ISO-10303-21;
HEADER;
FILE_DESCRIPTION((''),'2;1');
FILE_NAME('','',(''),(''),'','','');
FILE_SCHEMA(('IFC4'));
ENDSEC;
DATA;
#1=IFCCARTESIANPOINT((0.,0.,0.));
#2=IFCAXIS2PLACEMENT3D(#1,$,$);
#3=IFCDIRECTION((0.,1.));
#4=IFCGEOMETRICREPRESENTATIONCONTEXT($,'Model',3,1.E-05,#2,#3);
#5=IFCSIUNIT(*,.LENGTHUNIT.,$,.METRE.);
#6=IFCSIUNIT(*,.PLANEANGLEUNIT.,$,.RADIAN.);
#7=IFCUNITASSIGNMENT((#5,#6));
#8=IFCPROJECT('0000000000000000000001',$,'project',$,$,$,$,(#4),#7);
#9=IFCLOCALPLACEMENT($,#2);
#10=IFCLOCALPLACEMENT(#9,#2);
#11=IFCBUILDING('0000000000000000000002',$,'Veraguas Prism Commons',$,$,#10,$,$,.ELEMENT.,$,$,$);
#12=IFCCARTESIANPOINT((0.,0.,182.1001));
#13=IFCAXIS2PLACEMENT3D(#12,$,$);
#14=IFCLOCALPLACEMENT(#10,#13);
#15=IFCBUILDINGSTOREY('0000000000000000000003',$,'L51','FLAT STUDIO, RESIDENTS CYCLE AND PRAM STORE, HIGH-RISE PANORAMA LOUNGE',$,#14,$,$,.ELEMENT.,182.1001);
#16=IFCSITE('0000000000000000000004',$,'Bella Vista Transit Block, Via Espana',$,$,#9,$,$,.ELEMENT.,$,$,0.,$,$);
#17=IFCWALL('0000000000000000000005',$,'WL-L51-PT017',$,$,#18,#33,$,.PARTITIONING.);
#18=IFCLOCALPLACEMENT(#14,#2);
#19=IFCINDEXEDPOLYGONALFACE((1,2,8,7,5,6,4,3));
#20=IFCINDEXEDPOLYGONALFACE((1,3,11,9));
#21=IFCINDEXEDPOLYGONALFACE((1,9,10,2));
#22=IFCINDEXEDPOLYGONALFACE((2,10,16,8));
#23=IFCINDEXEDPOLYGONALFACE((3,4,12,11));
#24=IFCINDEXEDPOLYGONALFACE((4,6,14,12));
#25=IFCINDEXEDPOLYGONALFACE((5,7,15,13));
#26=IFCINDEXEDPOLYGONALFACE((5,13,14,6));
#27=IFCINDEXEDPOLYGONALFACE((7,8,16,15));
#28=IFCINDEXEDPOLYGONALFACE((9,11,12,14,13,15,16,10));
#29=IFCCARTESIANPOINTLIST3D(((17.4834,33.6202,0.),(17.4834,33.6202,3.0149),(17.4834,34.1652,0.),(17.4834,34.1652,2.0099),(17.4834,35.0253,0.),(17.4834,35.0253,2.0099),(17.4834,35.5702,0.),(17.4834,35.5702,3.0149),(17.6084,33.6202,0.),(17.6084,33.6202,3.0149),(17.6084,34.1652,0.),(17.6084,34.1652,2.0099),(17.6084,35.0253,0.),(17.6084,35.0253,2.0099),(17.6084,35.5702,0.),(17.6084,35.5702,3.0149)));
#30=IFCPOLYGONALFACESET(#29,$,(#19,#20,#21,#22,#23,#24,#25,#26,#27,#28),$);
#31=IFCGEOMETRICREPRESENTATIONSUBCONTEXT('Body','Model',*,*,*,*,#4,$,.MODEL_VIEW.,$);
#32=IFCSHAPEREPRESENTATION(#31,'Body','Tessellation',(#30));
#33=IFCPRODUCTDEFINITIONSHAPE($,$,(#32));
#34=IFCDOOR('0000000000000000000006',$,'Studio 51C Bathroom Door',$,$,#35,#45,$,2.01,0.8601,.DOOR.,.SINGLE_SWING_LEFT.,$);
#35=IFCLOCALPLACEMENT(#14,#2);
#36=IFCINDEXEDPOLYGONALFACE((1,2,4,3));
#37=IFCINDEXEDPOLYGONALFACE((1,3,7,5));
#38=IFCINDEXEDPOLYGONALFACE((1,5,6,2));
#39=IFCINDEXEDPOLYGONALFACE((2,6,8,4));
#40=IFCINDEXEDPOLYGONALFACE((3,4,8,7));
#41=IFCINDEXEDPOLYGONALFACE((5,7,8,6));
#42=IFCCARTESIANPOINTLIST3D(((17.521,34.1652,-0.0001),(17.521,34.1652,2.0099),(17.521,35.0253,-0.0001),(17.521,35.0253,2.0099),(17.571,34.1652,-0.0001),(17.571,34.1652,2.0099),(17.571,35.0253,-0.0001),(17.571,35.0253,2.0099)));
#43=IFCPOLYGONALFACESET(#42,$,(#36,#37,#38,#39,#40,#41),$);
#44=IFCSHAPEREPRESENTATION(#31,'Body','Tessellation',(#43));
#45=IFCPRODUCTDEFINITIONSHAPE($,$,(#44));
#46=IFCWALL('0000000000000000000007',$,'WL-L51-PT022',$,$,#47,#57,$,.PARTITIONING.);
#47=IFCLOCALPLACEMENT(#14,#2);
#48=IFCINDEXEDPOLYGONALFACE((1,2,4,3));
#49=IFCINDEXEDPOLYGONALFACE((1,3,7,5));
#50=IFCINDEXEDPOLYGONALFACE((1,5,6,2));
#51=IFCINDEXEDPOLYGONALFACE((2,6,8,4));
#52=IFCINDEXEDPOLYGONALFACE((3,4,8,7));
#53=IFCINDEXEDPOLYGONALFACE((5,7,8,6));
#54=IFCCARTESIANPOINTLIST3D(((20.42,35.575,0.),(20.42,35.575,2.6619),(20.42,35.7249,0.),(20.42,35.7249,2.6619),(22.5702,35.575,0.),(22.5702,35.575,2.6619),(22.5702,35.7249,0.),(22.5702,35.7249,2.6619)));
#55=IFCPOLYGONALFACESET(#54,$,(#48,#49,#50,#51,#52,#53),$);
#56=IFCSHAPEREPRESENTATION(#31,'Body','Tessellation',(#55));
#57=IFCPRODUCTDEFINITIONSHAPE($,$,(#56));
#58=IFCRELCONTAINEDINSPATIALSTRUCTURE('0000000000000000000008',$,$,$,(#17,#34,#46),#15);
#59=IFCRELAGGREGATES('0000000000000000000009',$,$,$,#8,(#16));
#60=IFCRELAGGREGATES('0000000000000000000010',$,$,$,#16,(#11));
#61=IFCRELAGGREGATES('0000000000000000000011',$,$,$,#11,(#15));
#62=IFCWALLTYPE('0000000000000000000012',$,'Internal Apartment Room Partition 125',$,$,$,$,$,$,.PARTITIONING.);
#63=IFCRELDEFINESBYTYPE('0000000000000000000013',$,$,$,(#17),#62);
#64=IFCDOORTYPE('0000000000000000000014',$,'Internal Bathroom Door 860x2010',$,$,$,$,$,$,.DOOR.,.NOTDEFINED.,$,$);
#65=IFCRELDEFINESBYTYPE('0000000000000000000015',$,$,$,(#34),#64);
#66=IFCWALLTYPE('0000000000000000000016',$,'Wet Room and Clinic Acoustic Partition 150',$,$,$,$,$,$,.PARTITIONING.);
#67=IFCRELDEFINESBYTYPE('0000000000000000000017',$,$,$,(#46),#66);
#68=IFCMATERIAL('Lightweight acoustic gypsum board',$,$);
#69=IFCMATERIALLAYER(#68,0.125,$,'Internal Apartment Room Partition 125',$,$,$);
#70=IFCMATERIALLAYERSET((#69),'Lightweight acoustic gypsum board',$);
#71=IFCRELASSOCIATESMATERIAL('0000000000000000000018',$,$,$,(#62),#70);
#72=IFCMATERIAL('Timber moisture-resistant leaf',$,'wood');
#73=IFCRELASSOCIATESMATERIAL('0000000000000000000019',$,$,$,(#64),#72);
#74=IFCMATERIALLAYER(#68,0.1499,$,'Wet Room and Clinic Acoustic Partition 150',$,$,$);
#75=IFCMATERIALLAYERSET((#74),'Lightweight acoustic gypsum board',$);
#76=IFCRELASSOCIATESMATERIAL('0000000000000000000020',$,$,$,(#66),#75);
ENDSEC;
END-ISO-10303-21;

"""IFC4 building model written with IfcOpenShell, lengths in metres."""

from ifc_helpers import new_model, si_unit, direction, frame, frame_2d, origin, place, context, subcontext, project, spatial, rectangle, extrude, source, transform, mapped, material, layer, layer_set, type_object, element, fill, save


model = new_model("IFC4")

# Units and contexts
model_context = context("Model", 3, precision=1e-05, world=origin(), true_north=direction((0.0, 1.0)))
body_context = subcontext(model_context, "Body", "Model", "MODEL_VIEW")
ifc_project = project(units=[si_unit("LENGTHUNIT", "METRE"), si_unit("PLANEANGLEUNIT", "RADIAN")], contexts=[model_context])

# Site, building, storey
site_placement = place(None, origin())
site = spatial("IfcSite", under=ifc_project, at=site_placement, Name="Bella Vista Transit Block, Via Espana", CompositionType="ELEMENT", RefElevation=0.0)
building_placement = place(site_placement, origin())
building = spatial("IfcBuilding", under=site, at=building_placement, Name="Veraguas Prism Commons", CompositionType="ELEMENT")
storey_placement = place(building_placement, frame((0.0, 0.0, 182.1001)))
storey = spatial("IfcBuildingStorey", under=building, at=storey_placement, Name="L51", Description="FLAT STUDIO, RESIDENTS CYCLE AND PRAM STORE, HIGH-RISE PANORAMA LOUNGE", CompositionType="ELEMENT", Elevation=182.1001)

# Wall, opening, door
ifc_material_1 = material(Name="Lightweight acoustic gypsum board")
ifc_layer_1 = layer(ifc_material_1, 0.125, Name="Internal Apartment Room Partition 125")
ifc_layer_set_1 = layer_set([ifc_layer_1], Name="Lightweight acoustic gypsum board")
wall_type_1 = type_object("IfcWallType", Name="Internal Apartment Room Partition 125", PredefinedType="PARTITIONING", material=ifc_layer_set_1)
wall_1_placement = place(storey_placement, frame((17.5459, 33.6201, 0.0), z_axis=(0.0, 0.0, 1.0), x_axis=(0.0, 1.0, 0.0)))
wall_1 = element("IfcWall", 1, at=wall_1_placement, inside=storey, type_object=wall_type_1, Name="WL-L51-PT017", PredefinedType="PARTITIONING", context=body_context, shape_type="SweptSolid", body=[
    extrude(rectangle(XDim=1.95, YDim=0.125, at=frame_2d((0.9751, 0.0))), origin(), (0.0, 0.0, 1.0), 3.0149),
])
opening_1_placement = place(wall_1_placement, frame((0.5449, 0.0, 0.0)))
opening_1 = element("IfcOpeningElement", 2, at=opening_1_placement, cuts=wall_1, PredefinedType="OPENING", context=body_context, shape_type="SweptSolid", body=[
    extrude(rectangle(XDim=0.8601, YDim=2.01, at=frame_2d((0.4302, 1.0049))), frame((0.0, 0.0725, 0.0), z_axis=(0.0, -1.0, 0.0), x_axis=(1.0, 0.0, 0.0)), (0.0, 0.0, 1.0), 0.145),
])
ifc_material_2 = material(Name="Timber moisture-resistant leaf", Category="wood")
door_type_1 = type_object("IfcDoorType", Name="Internal Bathroom Door 860x2010", OperationType="NOTDEFINED", PredefinedType="DOOR", material=ifc_material_2)
shared_shape_1 = source(origin(), body_context, "Body", "SweptSolid", [
    extrude(rectangle(XDim=0.8601, YDim=2.01, at=frame_2d((0.4302, 1.0049))), frame((0.0, 0.0249, 0.0), z_axis=(0.0, -1.0, 0.0), x_axis=(1.0, 0.0, 0.0)), (0.0, 0.0, 1.0), 0.05),
])
door_1_placement = place(opening_1_placement, origin())
door_1 = element("IfcDoor", 3, at=door_1_placement, inside=storey, type_object=door_type_1, Name="Studio 51C Bathroom Door", OperationType="SINGLE_SWING_LEFT", OverallHeight=2.01, OverallWidth=0.8601, PredefinedType="DOOR", context=body_context, shape_type="MappedRepresentation", body=[
    mapped(shared_shape_1, transform((0.0, 0.0, 0.0), scale=1.0)),
])
fill(opening_1, door_1)

# Wall
ifc_layer_2 = layer(ifc_material_1, 0.1499, Name="Wet Room and Clinic Acoustic Partition 150")
ifc_layer_set_2 = layer_set([ifc_layer_2], Name="Lightweight acoustic gypsum board")
wall_type_2 = type_object("IfcWallType", Name="Wet Room and Clinic Acoustic Partition 150", PredefinedType="PARTITIONING", material=ifc_layer_set_2)
wall_2_placement = place(storey_placement, frame((20.4199, 35.6499, 0.0), z_axis=(0.0, 0.0, 1.0), x_axis=(1.0, 0.0, 0.0)))
element("IfcWall", 4, at=wall_2_placement, inside=storey, type_object=wall_type_2, Name="WL-L51-PT022", PredefinedType="PARTITIONING", context=body_context, shape_type="SweptSolid", body=[
    extrude(rectangle(XDim=2.1501, YDim=0.1499, at=frame_2d((1.0752, 0.0))), origin(), (0.0, 0.0, 1.0), 2.6619),
])

save(model, "model.ifc")
